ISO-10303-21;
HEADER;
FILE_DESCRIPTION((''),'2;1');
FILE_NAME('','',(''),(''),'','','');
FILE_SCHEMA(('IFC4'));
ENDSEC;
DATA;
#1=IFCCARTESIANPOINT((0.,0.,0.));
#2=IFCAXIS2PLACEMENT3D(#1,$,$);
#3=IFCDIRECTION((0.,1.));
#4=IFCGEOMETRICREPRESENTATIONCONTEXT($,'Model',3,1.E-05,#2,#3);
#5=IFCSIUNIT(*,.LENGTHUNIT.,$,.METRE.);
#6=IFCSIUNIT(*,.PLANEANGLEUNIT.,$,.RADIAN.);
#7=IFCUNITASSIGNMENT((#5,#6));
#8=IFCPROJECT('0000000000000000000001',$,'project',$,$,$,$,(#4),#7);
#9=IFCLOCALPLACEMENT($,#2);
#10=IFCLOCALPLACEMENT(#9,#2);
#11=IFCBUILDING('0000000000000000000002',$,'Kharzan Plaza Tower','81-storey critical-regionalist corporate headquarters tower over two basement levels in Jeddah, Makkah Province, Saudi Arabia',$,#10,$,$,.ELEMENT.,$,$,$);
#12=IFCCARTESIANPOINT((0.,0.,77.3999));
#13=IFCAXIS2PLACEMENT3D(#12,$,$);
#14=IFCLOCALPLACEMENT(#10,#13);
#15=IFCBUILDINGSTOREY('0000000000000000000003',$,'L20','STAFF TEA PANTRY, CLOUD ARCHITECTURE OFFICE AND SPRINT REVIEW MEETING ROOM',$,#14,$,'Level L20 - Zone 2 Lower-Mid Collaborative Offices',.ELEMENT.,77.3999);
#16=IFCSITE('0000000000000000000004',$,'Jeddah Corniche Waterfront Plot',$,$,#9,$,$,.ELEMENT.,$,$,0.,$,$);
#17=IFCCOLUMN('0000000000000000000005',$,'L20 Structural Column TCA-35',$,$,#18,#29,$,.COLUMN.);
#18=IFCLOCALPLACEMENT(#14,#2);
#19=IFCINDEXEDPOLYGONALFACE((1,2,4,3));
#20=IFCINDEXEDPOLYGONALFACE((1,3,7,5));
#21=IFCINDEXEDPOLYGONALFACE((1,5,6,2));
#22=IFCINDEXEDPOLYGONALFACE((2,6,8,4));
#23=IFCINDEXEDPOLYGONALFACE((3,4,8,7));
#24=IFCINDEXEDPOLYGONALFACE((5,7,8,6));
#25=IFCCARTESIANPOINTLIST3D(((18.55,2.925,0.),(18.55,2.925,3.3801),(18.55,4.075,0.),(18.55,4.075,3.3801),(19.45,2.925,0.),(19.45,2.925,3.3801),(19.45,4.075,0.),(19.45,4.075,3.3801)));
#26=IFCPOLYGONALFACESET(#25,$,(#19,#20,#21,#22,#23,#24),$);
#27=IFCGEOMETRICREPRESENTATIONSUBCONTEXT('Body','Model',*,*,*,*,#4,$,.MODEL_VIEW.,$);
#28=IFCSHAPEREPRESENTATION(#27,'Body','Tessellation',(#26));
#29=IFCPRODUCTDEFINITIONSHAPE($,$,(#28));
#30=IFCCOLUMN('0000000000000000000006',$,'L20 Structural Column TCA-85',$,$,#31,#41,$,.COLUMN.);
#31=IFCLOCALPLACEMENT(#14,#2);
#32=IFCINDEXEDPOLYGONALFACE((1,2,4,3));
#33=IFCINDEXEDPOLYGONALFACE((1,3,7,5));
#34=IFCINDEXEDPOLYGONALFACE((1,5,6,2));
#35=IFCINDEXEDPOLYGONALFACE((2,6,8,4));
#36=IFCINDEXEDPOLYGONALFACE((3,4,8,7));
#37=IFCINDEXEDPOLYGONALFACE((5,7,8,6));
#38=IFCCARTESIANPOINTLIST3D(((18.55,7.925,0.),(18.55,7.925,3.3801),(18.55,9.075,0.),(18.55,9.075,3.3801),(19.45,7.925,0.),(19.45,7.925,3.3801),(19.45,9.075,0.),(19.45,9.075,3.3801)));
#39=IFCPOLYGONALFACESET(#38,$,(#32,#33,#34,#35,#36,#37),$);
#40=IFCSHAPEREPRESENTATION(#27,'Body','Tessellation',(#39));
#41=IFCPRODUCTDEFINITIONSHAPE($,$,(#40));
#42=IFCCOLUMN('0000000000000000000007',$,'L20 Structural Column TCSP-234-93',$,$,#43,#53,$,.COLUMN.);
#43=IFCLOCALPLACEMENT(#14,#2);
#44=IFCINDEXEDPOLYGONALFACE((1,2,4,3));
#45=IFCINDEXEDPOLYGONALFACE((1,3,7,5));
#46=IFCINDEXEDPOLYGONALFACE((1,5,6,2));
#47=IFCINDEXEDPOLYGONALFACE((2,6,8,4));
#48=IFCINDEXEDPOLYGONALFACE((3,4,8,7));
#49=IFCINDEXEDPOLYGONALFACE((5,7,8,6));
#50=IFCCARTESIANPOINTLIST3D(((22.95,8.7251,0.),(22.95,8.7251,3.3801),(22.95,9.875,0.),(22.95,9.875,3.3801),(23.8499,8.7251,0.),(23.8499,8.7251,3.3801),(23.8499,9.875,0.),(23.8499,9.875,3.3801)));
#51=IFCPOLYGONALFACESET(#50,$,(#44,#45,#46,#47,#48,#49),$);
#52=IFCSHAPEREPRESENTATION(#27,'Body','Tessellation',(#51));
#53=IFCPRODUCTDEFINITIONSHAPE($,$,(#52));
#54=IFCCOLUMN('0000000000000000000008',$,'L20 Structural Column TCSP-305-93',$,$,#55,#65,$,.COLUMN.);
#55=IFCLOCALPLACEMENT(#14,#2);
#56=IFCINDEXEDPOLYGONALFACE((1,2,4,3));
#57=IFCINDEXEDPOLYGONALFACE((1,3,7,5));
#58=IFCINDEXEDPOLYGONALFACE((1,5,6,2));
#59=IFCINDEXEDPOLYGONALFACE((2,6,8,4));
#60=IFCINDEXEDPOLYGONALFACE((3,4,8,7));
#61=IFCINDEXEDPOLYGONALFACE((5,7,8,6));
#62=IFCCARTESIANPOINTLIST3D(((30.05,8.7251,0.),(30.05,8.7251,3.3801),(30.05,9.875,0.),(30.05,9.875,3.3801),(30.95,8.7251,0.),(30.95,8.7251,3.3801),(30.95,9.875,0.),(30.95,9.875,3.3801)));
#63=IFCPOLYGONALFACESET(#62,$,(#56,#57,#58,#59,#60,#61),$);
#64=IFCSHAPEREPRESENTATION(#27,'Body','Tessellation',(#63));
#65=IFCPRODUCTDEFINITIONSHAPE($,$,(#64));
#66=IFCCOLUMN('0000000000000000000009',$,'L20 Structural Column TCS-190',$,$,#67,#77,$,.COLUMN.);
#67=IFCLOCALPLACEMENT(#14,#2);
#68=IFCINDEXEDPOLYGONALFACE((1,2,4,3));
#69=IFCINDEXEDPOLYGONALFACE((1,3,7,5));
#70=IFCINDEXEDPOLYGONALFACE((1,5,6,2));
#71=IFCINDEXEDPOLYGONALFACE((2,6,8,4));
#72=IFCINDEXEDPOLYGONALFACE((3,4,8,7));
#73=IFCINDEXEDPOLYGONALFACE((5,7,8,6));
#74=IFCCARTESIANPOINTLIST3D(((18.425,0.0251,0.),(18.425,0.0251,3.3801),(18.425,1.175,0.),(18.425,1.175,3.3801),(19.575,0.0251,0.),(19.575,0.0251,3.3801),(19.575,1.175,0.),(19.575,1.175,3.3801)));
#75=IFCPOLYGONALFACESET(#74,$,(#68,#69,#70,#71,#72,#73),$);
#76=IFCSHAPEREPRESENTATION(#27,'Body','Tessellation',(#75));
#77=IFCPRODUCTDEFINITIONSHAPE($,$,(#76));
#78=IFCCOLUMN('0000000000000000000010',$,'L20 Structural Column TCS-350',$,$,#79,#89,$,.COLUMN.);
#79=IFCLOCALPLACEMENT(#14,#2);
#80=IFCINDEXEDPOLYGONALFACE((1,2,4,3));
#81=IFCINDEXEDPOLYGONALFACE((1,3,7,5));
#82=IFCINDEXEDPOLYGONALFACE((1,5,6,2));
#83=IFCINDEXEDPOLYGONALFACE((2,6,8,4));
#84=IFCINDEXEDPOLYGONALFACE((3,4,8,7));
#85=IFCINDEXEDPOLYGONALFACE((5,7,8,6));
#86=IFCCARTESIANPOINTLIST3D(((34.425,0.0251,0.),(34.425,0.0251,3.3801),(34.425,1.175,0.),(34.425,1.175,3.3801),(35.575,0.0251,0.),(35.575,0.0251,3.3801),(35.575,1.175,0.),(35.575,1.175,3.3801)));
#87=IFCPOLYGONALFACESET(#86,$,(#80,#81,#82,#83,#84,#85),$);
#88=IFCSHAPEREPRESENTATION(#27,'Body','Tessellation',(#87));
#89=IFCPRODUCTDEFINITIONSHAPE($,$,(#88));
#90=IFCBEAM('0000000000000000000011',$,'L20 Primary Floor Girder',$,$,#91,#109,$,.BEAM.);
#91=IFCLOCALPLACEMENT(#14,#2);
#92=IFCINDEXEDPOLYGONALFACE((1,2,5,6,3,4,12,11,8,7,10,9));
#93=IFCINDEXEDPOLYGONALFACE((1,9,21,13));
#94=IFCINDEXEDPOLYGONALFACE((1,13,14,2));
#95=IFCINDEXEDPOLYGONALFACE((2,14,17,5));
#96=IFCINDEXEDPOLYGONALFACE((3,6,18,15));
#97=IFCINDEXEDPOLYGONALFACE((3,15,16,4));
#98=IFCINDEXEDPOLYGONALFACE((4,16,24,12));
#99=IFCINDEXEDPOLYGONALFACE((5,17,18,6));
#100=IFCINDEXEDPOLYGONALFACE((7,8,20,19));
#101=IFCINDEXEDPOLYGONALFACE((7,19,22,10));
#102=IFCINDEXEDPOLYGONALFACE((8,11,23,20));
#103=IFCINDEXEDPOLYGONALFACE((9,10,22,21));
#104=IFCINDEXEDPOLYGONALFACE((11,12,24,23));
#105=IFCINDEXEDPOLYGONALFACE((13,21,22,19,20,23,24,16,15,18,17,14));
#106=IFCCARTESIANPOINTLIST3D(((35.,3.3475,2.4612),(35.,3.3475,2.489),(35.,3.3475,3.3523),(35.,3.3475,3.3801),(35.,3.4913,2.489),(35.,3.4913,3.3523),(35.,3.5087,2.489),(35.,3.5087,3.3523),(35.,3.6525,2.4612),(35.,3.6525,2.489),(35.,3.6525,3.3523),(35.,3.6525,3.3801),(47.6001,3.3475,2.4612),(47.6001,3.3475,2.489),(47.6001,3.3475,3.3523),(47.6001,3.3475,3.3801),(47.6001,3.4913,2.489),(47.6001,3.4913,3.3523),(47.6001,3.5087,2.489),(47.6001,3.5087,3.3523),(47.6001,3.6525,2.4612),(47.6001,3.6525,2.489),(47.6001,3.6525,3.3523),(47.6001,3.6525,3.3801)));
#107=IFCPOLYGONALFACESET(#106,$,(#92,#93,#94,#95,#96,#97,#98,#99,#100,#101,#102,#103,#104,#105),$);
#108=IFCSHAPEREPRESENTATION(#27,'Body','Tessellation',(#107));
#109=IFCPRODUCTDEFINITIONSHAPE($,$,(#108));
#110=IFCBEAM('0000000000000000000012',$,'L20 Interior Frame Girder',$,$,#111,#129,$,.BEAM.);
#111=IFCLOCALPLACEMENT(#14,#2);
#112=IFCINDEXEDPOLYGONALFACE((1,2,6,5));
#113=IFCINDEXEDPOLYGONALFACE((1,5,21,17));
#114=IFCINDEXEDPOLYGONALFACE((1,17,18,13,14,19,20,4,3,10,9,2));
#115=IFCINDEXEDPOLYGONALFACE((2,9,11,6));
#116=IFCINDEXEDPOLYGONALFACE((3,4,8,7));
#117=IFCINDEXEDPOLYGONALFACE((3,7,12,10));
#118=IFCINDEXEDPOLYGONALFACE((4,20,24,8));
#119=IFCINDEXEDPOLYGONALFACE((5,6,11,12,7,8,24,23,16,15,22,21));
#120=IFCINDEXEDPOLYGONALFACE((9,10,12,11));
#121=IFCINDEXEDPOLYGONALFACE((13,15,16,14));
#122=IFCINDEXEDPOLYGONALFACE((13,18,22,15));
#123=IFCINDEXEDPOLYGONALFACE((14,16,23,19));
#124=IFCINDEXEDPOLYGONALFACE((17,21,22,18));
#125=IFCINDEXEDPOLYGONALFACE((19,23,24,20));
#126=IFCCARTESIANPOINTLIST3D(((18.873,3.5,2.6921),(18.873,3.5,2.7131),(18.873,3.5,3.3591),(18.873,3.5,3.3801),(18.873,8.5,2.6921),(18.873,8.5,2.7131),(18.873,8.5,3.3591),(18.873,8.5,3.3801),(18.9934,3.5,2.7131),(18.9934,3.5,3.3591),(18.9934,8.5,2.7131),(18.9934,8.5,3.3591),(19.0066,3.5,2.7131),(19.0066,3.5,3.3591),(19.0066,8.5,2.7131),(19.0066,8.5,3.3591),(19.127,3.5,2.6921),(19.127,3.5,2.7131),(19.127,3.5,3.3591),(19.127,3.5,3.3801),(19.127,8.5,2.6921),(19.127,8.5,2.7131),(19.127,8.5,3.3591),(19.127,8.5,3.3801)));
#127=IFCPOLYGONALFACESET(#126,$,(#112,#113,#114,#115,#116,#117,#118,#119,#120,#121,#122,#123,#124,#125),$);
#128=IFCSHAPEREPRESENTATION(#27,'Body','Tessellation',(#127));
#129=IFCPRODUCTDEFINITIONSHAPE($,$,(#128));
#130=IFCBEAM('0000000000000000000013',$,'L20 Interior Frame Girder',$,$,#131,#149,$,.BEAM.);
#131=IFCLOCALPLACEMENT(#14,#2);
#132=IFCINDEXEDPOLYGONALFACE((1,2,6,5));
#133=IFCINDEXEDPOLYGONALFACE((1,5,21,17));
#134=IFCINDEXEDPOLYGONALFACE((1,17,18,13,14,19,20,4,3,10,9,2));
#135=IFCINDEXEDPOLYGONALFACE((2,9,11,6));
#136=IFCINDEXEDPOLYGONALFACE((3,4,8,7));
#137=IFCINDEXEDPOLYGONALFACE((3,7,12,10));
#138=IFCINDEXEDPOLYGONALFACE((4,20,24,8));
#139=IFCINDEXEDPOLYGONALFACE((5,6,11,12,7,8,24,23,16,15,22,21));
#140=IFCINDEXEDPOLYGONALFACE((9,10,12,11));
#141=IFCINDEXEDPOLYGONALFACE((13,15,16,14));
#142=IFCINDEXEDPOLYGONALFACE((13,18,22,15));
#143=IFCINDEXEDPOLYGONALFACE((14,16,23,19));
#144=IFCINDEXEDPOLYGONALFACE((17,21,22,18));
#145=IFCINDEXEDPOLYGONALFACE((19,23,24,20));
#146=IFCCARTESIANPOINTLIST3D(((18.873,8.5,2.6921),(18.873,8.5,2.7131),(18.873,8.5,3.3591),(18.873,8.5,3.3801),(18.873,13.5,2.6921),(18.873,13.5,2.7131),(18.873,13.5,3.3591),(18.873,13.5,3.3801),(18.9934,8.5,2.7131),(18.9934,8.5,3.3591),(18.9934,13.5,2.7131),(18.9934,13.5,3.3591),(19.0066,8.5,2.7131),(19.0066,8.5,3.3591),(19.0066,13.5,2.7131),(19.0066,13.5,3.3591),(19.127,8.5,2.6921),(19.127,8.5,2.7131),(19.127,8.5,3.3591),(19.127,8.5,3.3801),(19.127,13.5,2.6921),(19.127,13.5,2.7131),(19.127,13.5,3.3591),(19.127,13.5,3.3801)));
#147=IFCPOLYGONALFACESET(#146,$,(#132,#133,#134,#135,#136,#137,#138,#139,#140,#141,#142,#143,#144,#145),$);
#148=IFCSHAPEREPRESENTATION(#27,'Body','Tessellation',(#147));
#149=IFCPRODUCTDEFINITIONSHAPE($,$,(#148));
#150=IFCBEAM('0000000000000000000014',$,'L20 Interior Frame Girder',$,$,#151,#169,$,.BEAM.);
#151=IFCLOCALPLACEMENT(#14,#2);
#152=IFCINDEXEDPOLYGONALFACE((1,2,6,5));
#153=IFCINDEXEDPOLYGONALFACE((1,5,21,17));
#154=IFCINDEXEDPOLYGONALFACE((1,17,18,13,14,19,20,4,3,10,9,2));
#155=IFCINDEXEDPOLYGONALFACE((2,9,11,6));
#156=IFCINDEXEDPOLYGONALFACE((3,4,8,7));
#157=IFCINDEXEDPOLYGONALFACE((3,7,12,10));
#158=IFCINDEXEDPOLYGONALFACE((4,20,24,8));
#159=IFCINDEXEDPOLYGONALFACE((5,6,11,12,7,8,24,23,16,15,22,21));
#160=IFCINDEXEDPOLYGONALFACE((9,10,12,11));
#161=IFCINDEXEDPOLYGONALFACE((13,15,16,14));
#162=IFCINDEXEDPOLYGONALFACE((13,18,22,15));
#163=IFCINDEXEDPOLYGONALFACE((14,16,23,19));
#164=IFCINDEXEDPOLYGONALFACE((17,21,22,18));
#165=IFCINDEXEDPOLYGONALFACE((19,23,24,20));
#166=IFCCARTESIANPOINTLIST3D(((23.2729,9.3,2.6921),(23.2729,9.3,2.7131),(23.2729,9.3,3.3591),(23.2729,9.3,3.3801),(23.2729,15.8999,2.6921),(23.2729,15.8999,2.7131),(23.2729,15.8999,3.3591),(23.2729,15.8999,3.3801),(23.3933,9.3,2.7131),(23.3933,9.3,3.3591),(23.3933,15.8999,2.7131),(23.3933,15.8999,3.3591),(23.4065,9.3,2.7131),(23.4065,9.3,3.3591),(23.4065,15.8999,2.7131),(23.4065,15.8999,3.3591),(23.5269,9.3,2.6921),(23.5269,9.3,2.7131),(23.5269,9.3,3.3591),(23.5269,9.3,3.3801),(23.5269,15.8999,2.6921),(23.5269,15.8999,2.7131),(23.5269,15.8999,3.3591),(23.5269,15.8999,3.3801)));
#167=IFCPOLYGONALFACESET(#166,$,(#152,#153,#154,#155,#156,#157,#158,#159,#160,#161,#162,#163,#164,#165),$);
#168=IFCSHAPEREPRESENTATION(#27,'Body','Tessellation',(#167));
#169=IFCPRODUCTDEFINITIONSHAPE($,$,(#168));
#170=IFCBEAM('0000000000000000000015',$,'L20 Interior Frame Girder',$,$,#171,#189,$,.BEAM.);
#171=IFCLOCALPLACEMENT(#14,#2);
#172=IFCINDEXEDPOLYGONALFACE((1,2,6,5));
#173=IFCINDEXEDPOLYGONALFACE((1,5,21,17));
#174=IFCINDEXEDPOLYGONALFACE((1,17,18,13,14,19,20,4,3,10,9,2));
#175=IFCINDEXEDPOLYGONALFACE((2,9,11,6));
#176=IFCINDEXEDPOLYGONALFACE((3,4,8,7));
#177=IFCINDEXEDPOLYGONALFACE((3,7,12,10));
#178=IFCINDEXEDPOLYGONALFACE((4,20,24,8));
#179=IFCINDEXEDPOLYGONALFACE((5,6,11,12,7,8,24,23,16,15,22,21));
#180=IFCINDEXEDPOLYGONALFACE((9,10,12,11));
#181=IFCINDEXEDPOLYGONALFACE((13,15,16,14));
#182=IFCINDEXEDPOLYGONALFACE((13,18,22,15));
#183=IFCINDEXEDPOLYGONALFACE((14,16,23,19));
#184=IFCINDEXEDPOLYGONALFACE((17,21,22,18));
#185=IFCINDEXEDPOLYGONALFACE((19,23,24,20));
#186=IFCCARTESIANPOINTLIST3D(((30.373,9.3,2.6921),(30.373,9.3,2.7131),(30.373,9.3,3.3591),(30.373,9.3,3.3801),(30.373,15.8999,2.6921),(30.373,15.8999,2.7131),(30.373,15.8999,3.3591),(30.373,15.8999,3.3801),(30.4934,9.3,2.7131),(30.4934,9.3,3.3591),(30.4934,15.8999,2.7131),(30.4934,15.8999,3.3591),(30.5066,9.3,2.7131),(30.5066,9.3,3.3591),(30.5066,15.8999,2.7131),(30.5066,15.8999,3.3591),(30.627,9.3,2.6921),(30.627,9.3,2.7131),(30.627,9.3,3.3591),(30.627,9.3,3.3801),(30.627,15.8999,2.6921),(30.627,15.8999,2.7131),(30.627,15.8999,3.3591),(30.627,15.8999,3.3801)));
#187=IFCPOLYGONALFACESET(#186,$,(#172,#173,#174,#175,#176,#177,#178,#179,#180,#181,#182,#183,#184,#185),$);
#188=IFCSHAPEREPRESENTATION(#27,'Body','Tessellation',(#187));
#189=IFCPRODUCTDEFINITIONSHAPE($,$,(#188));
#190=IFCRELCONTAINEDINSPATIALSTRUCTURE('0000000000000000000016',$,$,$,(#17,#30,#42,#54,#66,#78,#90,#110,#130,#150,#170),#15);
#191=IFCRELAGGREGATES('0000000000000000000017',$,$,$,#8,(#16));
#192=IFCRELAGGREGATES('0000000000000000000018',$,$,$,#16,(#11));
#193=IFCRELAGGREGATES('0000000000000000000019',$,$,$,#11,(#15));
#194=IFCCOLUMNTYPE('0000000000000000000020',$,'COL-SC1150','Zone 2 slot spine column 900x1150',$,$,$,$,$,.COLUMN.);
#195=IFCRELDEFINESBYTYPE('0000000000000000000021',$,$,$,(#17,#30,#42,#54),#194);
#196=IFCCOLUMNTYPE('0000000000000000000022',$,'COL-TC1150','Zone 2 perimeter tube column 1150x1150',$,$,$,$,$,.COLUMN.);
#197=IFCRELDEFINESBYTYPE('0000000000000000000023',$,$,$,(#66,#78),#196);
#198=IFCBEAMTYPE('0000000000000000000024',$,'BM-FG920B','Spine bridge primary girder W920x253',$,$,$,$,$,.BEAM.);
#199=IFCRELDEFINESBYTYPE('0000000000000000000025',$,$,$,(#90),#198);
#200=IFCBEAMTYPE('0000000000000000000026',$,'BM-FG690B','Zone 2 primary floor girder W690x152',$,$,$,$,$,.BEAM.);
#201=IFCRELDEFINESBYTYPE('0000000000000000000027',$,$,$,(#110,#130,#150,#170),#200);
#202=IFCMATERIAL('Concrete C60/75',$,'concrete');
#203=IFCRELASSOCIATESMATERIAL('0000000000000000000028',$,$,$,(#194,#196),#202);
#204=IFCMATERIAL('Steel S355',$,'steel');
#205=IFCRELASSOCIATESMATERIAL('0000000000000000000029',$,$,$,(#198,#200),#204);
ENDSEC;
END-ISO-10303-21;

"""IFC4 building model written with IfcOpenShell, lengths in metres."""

from ifc_helpers import new_model, si_unit, direction, frame, origin, origin_2d, place, context, subcontext, project, spatial, rectangle, i_section, extrude, source, transform, mapped, material, material_profile, profile_set, type_object, element, save


model = new_model("IFC4")

# Units and contexts
model_context = context("Model", 3, precision=1e-05, world=origin(), true_north=direction((0.0, 1.0)))
body_context = subcontext(model_context, "Body", "Model", "MODEL_VIEW")
ifc_project = project(units=[si_unit("LENGTHUNIT", "METRE"), si_unit("PLANEANGLEUNIT", "RADIAN")], contexts=[model_context])

# Site, building, storey
site_placement = place(None, origin())
site = spatial("IfcSite", under=ifc_project, at=site_placement, Name="Jeddah Corniche Waterfront Plot", CompositionType="ELEMENT", RefElevation=0.0)
building_placement = place(site_placement, origin())
building = spatial("IfcBuilding", under=site, at=building_placement, Name="Kharzan Plaza Tower", Description="81-storey critical-regionalist corporate headquarters tower over two basement levels in Jeddah, Makkah Province, Saudi Arabia", CompositionType="ELEMENT")
storey_placement = place(building_placement, frame((0.0, 0.0, 77.3999)))
storey = spatial("IfcBuildingStorey", under=building, at=storey_placement, Name="L20", Description="STAFF TEA PANTRY, CLOUD ARCHITECTURE OFFICE AND SPRINT REVIEW MEETING ROOM", LongName="Level L20 - Zone 2 Lower-Mid Collaborative Offices", CompositionType="ELEMENT", Elevation=77.3999)

# Columns
ifc_material_1 = material(Name="Concrete C60/75", Category="concrete")
ifc_material_profile_1 = material_profile(ifc_material_1, rectangle(XDim=0.8999, YDim=1.1499, at=origin_2d()), Name="RC-SC1150x900")
ifc_profile_set_1 = profile_set([ifc_material_profile_1], Name="Concrete C60/75")
column_type_1 = type_object("IfcColumnType", Name="COL-SC1150", Description="Zone 2 slot spine column 900x1150", PredefinedType="COLUMN", material=ifc_profile_set_1)
shared_shape_1 = source(origin(), body_context, "Body", "SweptSolid", [
    extrude(rectangle(XDim=0.8999, YDim=1.1499, at=origin_2d()), origin(), (0.0, 0.0, 1.0), 3.3801),
])
for number, where, z_axis, x_axis, name in (
    (1, (19.0, 3.5, 0.0), (0.0, 0.0, 1.0), (1.0, 0.0, 0.0), "L20 Structural Column TCA-35"),
    (2, (19.0, 8.5, 0.0), (0.0, 0.0, 1.0), (1.0, 0.0, 0.0), "L20 Structural Column TCA-85"),
    (3, (23.3999, 9.3, 0.0), (0.0, 0.0, 1.0), (1.0, 0.0, 0.0), "L20 Structural Column TCSP-234-93"),
    (4, (30.5, 9.3, 0.0), (0.0, 0.0, 1.0), (1.0, 0.0, 0.0), "L20 Structural Column TCSP-305-93"),
):
    element("IfcColumn", number, at=place(storey_placement, frame(where, z_axis=z_axis, x_axis=x_axis)), inside=storey, type_object=column_type_1, Name=name, PredefinedType="COLUMN", context=body_context, shape_type="MappedRepresentation", body=[
        mapped(shared_shape_1, transform((0.0, 0.0, 0.0), x_axis=(1.0, 0.0, 0.0), y_axis=(0.0, 1.0, 0.0), z_axis=(0.0, 0.0, 1.0))),
    ])
ifc_material_profile_2 = material_profile(ifc_material_1, rectangle(XDim=1.1499, YDim=1.1499, at=origin_2d()), Name="RC-TC1150x1150")
ifc_profile_set_2 = profile_set([ifc_material_profile_2], Name="Concrete C60/75")
column_type_2 = type_object("IfcColumnType", Name="COL-TC1150", Description="Zone 2 perimeter tube column 1150x1150", PredefinedType="COLUMN", material=ifc_profile_set_2)
shared_shape_2 = source(origin(), body_context, "Body", "SweptSolid", [
    extrude(rectangle(XDim=1.1499, YDim=1.1499, at=origin_2d()), origin(), (0.0, 0.0, 1.0), 3.3801),
])
for number, where, z_axis, x_axis, name in (
    (5, (19.0, 0.6001, 0.0), (0.0, 0.0, 1.0), (1.0, 0.0, 0.0), "L20 Structural Column TCS-190"),
    (6, (35.0, 0.6001, 0.0), (0.0, 0.0, 1.0), (1.0, 0.0, 0.0), "L20 Structural Column TCS-350"),
):
    element("IfcColumn", number, at=place(storey_placement, frame(where, z_axis=z_axis, x_axis=x_axis)), inside=storey, type_object=column_type_2, Name=name, PredefinedType="COLUMN", context=body_context, shape_type="MappedRepresentation", body=[
        mapped(shared_shape_2, transform((0.0, 0.0, 0.0), x_axis=(1.0, 0.0, 0.0), y_axis=(0.0, 1.0, 0.0), z_axis=(0.0, 0.0, 1.0))),
    ])

# Beams
ifc_material_2 = material(Name="Steel S355", Category="steel")
ifc_material_profile_3 = material_profile(ifc_material_2, i_section(OverallWidth=0.3049, OverallDepth=0.9189, WebThickness=0.0173, FlangeThickness=0.0278, at=origin_2d()), Name="W920x253")
ifc_profile_set_3 = profile_set([ifc_material_profile_3], Name="Steel S355")
beam_type_1 = type_object("IfcBeamType", Name="BM-FG920B", Description="Spine bridge primary girder W920x253", PredefinedType="BEAM", material=ifc_profile_set_3)
shared_shape_3 = source(origin(), body_context, "Body", "SweptSolid", [
    extrude(i_section(OverallWidth=0.3049, OverallDepth=0.9189, WebThickness=0.0173, FlangeThickness=0.0278, at=origin_2d()), origin(), (0.0, 0.0, 1.0), 12.6001),
])
beam_1_placement = place(storey_placement, frame((35.0, 3.5, 2.9207), z_axis=(1.0, 0.0, 0.0), x_axis=(0.0, 1.0, 0.0)))
element("IfcBeam", 7, at=beam_1_placement, inside=storey, type_object=beam_type_1, Name="L20 Primary Floor Girder", PredefinedType="BEAM", context=body_context, shape_type="MappedRepresentation", body=[
    mapped(shared_shape_3, transform((0.0, 0.0, 0.0), x_axis=(1.0, 0.0, 0.0), y_axis=(0.0, 1.0, 0.0), z_axis=(0.0, 0.0, 1.0))),
])
ifc_material_profile_4 = material_profile(ifc_material_2, i_section(OverallWidth=0.2539, OverallDepth=0.688, WebThickness=0.0132, FlangeThickness=0.021, at=origin_2d()), Name="W690x152")
ifc_profile_set_4 = profile_set([ifc_material_profile_4], Name="Steel S355")
beam_type_2 = type_object("IfcBeamType", Name="BM-FG690B", Description="Zone 2 primary floor girder W690x152", PredefinedType="BEAM", material=ifc_profile_set_4)
shared_shape_4 = source(origin(), body_context, "Body", "SweptSolid", [
    extrude(i_section(OverallWidth=0.2539, OverallDepth=0.688, WebThickness=0.0132, FlangeThickness=0.021, at=origin_2d()), origin(), (0.0, 0.0, 1.0), 5.0),
])
for number, where, z_axis, x_axis, name in (
    (8, (19.0, 3.5, 3.0361), (0.0, 1.0, 0.0), (-1.0, 0.0, 0.0), "L20 Interior Frame Girder"),
    (9, (19.0, 8.5, 3.0361), (0.0, 1.0, 0.0), (-1.0, 0.0, 0.0), "L20 Interior Frame Girder"),
):
    element("IfcBeam", number, at=place(storey_placement, frame(where, z_axis=z_axis, x_axis=x_axis)), inside=storey, type_object=beam_type_2, Name=name, PredefinedType="BEAM", context=body_context, shape_type="MappedRepresentation", body=[
        mapped(shared_shape_4, transform((0.0, 0.0, 0.0), x_axis=(1.0, 0.0, 0.0), y_axis=(0.0, 1.0, 0.0), z_axis=(0.0, 0.0, 1.0))),
    ])
shared_shape_5 = source(origin(), body_context, "Body", "SweptSolid", [
    extrude(i_section(OverallWidth=0.2539, OverallDepth=0.688, WebThickness=0.0132, FlangeThickness=0.021, at=origin_2d()), origin(), (0.0, 0.0, 1.0), 6.5999),
])
for number, where, z_axis, x_axis, name in (
    (10, (23.3999, 9.3, 3.0361), (0.0, 1.0, 0.0), (-1.0, 0.0, 0.0), "L20 Interior Frame Girder"),
    (11, (30.5, 9.3, 3.0361), (0.0, 1.0, 0.0), (-1.0, 0.0, 0.0), "L20 Interior Frame Girder"),
):
    element("IfcBeam", number, at=place(storey_placement, frame(where, z_axis=z_axis, x_axis=x_axis)), inside=storey, type_object=beam_type_2, Name=name, PredefinedType="BEAM", context=body_context, shape_type="MappedRepresentation", body=[
        mapped(shared_shape_5, transform((0.0, 0.0, 0.0), x_axis=(1.0, 0.0, 0.0), y_axis=(0.0, 1.0, 0.0), z_axis=(0.0, 0.0, 1.0))),
    ])

save(model, "model.ifc")
